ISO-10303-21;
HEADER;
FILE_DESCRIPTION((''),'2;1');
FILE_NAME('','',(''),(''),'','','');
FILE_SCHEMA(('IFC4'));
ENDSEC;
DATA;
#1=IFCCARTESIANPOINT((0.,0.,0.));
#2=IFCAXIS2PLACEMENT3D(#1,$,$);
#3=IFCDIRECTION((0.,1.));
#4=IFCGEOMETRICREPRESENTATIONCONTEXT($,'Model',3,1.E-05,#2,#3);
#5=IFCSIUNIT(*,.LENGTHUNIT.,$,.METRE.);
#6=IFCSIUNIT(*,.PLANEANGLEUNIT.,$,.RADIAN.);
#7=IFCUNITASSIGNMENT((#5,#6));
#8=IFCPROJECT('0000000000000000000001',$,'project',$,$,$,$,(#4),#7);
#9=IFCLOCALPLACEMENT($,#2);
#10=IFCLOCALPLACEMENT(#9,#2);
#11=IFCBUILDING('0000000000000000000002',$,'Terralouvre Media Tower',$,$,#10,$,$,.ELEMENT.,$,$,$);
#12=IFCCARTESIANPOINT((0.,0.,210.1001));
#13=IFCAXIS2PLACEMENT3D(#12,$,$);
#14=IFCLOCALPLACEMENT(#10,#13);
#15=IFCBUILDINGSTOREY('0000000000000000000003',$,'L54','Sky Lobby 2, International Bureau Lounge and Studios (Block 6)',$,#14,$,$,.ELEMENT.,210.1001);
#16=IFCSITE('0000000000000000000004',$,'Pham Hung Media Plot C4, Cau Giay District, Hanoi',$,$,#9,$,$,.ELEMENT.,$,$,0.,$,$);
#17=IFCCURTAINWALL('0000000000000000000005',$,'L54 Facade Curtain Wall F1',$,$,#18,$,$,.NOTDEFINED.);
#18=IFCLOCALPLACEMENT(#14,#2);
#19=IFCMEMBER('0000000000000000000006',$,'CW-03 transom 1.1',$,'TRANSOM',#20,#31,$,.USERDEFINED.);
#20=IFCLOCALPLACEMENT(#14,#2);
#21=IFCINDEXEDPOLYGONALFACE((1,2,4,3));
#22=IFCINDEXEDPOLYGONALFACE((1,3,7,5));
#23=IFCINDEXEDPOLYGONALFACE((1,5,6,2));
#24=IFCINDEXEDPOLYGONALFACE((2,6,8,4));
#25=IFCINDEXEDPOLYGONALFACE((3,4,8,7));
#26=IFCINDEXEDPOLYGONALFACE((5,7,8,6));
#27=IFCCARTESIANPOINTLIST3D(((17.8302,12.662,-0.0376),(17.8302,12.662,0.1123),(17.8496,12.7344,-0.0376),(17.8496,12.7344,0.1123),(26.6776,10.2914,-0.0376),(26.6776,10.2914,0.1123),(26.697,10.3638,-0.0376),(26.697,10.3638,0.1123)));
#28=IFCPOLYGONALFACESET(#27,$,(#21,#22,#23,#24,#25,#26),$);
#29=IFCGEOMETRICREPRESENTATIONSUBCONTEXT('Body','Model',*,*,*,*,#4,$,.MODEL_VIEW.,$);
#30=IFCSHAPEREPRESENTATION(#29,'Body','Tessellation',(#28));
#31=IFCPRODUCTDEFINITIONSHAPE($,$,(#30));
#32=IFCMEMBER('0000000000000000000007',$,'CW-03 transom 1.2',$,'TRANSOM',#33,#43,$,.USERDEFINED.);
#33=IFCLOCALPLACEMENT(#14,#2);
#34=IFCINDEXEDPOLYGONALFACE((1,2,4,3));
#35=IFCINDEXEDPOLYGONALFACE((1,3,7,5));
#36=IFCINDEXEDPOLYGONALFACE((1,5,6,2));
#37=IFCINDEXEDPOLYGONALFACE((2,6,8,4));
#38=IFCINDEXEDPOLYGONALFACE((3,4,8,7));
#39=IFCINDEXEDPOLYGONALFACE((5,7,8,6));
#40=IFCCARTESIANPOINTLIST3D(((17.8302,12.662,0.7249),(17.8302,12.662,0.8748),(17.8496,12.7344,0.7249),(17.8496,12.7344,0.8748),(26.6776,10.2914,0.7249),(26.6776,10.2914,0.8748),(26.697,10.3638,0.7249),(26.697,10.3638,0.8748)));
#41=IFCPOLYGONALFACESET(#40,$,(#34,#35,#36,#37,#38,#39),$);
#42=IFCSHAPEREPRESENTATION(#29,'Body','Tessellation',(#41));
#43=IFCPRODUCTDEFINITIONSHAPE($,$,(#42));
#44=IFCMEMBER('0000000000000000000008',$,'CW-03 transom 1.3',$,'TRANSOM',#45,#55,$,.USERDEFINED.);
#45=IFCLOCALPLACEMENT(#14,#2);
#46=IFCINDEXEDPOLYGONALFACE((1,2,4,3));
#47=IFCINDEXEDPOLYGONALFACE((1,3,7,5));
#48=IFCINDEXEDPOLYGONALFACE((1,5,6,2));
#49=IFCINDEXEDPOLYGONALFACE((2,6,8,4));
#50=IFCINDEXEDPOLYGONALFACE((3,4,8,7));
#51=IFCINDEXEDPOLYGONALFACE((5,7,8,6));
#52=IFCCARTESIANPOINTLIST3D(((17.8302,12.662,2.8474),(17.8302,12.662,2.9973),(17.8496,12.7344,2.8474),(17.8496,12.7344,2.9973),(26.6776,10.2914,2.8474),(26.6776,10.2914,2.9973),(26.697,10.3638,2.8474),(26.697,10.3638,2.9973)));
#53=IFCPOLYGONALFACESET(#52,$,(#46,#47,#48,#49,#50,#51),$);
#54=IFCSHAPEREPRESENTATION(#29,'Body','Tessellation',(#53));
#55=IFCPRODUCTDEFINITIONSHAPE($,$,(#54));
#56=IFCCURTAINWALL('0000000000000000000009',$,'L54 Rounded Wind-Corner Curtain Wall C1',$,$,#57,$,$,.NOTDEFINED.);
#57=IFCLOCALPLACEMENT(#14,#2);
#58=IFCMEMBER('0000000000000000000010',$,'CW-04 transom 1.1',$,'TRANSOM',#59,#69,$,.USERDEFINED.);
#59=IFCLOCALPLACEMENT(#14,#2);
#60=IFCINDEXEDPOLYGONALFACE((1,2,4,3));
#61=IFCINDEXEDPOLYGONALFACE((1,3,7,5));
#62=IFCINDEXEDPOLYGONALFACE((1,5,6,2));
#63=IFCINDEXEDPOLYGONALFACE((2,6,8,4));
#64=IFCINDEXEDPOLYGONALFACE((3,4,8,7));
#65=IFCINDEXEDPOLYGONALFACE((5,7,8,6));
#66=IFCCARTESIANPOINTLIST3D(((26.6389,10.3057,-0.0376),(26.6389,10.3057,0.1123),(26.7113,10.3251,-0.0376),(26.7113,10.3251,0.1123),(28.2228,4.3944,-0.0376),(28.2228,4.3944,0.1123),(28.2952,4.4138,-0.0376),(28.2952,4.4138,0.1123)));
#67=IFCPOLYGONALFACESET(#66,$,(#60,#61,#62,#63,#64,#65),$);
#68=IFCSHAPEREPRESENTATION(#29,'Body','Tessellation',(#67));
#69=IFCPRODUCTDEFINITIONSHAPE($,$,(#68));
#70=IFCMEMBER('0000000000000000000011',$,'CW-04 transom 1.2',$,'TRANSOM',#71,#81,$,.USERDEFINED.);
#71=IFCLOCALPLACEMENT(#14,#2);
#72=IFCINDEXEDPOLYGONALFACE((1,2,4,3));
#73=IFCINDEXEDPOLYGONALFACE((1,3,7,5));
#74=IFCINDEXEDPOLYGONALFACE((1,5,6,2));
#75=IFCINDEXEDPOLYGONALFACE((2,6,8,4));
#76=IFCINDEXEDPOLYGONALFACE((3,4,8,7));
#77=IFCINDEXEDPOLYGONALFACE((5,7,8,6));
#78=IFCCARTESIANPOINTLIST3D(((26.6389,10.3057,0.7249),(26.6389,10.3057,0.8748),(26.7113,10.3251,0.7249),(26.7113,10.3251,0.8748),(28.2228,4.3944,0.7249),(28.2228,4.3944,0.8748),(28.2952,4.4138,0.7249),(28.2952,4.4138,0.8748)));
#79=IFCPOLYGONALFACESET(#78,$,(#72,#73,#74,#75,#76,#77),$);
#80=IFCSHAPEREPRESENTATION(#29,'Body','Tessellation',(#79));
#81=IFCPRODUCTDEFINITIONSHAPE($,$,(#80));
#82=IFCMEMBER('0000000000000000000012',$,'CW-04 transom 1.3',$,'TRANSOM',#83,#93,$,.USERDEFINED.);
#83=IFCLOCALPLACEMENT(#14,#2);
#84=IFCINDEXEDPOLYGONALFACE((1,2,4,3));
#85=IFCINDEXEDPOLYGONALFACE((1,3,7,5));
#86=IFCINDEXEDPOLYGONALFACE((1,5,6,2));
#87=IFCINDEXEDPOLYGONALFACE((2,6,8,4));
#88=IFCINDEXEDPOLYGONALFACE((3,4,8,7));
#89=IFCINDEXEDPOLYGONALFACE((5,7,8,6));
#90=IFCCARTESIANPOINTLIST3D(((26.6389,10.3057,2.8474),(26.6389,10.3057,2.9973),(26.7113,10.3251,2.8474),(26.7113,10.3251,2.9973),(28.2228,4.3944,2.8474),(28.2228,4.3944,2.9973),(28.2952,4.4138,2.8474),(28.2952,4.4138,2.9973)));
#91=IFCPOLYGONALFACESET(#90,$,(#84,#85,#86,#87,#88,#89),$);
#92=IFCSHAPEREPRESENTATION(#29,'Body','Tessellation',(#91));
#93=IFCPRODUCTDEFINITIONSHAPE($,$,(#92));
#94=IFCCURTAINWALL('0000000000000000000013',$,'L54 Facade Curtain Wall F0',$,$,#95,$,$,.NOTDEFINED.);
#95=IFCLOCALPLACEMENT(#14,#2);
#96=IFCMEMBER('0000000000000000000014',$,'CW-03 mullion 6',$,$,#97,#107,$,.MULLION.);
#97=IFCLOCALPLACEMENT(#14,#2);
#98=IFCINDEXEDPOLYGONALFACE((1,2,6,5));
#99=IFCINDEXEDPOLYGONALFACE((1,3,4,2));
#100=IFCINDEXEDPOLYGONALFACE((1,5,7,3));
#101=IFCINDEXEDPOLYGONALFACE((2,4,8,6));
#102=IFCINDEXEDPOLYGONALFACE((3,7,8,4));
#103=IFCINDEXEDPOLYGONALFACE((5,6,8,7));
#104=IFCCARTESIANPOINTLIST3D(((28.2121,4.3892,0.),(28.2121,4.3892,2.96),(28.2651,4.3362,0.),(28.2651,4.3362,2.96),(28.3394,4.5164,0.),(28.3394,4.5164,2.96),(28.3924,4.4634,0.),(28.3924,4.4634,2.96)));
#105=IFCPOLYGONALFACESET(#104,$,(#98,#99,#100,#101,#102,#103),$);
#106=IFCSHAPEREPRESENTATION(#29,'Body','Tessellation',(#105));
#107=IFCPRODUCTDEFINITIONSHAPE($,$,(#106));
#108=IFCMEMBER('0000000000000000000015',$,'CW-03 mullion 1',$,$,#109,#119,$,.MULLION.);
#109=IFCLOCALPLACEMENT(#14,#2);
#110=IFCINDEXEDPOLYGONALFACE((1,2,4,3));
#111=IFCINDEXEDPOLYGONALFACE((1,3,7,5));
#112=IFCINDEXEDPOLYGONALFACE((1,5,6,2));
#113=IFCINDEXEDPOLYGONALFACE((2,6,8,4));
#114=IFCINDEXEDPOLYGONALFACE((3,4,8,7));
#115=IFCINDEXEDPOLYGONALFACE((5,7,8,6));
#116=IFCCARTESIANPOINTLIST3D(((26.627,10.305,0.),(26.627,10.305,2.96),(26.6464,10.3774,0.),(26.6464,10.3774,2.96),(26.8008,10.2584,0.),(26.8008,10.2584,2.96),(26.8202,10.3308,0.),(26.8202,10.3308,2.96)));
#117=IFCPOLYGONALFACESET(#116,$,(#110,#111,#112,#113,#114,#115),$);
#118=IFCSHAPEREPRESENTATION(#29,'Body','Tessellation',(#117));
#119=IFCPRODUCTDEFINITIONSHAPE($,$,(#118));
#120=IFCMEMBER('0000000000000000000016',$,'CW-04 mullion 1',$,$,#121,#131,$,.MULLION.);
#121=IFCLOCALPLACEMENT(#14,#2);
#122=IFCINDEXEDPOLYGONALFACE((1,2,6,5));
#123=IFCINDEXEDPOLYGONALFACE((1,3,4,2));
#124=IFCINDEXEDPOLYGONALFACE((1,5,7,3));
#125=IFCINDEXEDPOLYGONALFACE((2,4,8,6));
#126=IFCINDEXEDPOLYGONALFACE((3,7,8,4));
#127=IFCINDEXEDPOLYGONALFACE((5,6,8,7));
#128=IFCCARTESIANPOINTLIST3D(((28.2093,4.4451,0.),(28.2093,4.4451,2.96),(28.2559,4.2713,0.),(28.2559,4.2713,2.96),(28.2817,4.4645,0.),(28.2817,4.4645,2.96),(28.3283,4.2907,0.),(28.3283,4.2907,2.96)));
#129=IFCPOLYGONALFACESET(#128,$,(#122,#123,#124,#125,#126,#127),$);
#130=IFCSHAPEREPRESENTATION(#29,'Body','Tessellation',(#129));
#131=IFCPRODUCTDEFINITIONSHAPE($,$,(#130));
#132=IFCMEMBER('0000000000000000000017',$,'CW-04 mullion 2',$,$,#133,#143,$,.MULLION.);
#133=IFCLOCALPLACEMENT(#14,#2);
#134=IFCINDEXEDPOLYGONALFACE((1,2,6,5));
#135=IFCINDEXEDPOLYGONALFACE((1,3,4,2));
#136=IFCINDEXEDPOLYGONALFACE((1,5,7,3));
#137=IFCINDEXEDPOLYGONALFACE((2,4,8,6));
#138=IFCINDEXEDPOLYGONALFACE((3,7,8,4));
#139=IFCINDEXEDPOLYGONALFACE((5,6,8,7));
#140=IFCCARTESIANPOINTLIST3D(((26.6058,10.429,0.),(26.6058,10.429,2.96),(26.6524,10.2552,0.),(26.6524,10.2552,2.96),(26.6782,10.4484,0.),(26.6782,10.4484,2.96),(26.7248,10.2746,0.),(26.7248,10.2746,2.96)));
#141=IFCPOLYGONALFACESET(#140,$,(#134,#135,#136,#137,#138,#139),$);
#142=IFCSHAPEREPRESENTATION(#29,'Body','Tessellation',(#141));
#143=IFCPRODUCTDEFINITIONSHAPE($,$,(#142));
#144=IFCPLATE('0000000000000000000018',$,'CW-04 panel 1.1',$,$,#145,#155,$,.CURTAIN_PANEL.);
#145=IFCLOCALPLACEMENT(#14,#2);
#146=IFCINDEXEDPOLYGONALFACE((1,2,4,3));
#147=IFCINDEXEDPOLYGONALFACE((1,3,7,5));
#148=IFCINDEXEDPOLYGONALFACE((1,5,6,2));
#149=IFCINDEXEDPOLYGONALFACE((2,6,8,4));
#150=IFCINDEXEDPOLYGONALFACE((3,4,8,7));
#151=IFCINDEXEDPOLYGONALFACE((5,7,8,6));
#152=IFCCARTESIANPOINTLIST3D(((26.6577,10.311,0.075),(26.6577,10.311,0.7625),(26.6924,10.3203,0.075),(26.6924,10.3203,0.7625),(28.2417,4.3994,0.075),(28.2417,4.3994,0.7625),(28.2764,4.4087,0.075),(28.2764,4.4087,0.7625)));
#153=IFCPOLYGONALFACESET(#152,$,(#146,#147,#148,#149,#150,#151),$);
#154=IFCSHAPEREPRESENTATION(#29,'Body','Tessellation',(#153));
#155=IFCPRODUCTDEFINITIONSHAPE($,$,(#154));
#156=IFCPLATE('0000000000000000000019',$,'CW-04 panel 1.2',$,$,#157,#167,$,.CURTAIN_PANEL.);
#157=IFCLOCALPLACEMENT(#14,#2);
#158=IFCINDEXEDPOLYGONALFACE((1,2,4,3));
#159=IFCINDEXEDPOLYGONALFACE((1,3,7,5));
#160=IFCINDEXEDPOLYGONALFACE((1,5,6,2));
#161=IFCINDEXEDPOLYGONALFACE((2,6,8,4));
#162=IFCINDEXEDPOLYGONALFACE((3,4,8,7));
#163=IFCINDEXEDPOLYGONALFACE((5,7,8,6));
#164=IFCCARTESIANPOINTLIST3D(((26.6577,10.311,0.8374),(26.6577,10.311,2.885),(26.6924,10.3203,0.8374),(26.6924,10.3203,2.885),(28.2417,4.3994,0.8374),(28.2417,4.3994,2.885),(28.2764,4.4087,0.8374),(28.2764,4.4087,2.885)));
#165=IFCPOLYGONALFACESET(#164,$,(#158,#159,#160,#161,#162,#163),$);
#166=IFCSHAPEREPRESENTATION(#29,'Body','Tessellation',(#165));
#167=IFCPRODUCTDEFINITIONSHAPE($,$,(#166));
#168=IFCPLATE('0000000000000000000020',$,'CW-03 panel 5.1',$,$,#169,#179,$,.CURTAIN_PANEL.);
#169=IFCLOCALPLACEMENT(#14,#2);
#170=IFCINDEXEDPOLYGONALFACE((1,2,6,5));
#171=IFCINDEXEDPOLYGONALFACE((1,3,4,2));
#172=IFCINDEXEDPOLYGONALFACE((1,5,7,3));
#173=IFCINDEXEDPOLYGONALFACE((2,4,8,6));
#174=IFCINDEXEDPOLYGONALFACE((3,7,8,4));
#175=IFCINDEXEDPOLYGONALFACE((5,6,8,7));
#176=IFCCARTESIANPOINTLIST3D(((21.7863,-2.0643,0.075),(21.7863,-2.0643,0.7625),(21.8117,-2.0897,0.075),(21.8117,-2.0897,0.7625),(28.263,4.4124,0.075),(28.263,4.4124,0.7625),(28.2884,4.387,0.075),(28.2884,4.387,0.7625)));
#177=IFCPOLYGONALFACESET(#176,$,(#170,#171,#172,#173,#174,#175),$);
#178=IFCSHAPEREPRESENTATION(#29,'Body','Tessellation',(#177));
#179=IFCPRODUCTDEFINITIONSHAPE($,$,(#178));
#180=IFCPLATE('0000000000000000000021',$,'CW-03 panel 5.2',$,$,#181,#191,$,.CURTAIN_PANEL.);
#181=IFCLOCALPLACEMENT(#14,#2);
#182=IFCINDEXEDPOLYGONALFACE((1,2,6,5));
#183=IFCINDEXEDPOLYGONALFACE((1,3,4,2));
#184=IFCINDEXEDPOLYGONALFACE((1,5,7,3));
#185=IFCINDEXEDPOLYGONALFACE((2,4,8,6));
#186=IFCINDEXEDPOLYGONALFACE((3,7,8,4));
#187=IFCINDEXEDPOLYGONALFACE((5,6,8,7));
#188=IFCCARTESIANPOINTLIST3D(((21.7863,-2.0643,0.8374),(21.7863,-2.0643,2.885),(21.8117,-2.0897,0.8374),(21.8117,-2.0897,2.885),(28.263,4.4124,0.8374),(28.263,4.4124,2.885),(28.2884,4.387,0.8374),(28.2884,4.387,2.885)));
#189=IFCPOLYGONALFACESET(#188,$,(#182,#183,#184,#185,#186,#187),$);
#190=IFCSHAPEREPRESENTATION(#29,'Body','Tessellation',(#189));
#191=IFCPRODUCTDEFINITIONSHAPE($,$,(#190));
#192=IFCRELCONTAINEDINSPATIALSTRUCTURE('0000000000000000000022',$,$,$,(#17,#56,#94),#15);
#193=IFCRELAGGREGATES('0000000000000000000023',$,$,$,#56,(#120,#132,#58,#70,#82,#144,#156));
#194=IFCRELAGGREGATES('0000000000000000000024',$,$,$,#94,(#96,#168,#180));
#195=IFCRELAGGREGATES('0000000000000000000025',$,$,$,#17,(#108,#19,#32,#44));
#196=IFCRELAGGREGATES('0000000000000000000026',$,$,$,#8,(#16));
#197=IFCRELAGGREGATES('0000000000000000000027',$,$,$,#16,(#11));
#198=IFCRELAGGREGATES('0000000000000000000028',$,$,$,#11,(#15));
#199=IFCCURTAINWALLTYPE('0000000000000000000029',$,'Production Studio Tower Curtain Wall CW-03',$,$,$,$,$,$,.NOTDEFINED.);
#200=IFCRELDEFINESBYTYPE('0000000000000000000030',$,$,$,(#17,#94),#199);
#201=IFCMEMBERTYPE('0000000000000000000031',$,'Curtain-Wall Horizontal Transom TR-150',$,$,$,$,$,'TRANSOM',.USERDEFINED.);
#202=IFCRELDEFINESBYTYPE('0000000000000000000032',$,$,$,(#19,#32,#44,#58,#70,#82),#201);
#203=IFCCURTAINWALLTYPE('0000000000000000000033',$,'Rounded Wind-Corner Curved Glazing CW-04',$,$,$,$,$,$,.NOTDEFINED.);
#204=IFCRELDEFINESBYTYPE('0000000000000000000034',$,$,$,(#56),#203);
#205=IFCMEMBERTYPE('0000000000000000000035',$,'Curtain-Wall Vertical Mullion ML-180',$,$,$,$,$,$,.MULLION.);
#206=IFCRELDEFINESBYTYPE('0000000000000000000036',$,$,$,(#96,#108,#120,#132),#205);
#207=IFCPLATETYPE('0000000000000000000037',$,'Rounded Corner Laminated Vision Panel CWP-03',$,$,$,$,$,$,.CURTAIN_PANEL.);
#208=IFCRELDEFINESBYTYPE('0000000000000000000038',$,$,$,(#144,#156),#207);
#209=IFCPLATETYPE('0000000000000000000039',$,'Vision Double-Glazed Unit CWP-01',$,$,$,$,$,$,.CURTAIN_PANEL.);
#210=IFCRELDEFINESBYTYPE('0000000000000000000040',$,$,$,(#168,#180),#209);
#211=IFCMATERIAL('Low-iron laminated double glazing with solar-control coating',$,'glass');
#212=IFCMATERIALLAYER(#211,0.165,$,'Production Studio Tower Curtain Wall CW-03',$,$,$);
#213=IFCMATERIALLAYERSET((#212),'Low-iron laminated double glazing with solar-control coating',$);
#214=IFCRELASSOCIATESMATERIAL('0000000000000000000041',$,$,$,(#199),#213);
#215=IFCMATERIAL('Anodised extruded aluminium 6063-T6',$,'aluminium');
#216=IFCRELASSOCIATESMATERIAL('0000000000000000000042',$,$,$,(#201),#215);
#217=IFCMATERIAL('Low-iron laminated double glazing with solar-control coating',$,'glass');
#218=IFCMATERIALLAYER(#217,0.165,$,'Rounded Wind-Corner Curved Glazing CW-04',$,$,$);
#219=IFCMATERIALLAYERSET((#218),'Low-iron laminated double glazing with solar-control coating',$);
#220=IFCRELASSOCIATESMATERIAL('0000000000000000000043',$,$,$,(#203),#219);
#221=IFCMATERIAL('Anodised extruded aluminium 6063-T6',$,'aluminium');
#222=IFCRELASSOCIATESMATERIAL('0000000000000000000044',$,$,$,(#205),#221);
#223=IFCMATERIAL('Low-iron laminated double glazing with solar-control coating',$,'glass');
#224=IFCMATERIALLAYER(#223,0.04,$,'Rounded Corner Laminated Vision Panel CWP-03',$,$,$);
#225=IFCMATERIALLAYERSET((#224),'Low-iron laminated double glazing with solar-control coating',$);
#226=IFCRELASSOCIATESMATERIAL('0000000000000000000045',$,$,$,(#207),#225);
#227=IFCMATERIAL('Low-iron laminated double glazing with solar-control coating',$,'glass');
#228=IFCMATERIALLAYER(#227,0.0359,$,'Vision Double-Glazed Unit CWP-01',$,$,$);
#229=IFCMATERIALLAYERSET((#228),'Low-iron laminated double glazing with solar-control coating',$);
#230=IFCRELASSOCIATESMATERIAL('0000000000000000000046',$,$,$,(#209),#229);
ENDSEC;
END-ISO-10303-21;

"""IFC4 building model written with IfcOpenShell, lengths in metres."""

from ifc_helpers import new_model, si_unit, direction, frame, origin, origin_2d, place, context, subcontext, project, spatial, rectangle, extrude, material, layer, layer_set, material_profile, profile_set, type_object, element, aggregate, save


model = new_model("IFC4")

# Units and contexts
model_context = context("Model", 3, precision=1e-05, world=origin(), true_north=direction((0.0, 1.0)))
body_context = subcontext(model_context, "Body", "Model", "MODEL_VIEW")
ifc_project = project(units=[si_unit("LENGTHUNIT", "METRE"), si_unit("PLANEANGLEUNIT", "RADIAN")], contexts=[model_context])

# Site, building, storey
site_placement = place(None, origin())
site = spatial("IfcSite", under=ifc_project, at=site_placement, Name="Pham Hung Media Plot C4, Cau Giay District, Hanoi", CompositionType="ELEMENT", RefElevation=0.0)
building_placement = place(site_placement, origin())
building = spatial("IfcBuilding", under=site, at=building_placement, Name="Terralouvre Media Tower", CompositionType="ELEMENT")
storey_placement = place(building_placement, frame((0.0, 0.0, 210.1001)))
storey = spatial("IfcBuildingStorey", under=building, at=storey_placement, Name="L54", Description="Sky Lobby 2, International Bureau Lounge and Studios (Block 6)", CompositionType="ELEMENT", Elevation=210.1001)

# Curtain walls, members
ifc_material_1 = material(Name="Low-iron laminated double glazing with solar-control coating", Category="glass")
ifc_layer_1 = layer(ifc_material_1, 0.165, Name="Production Studio Tower Curtain Wall CW-03")
ifc_layer_set_1 = layer_set([ifc_layer_1], Name="Low-iron laminated double glazing with solar-control coating")
curtain_wall_type_1 = type_object("IfcCurtainWallType", Name="Production Studio Tower Curtain Wall CW-03", PredefinedType="NOTDEFINED", material=ifc_layer_set_1)
curtain_wall_1_placement = place(storey_placement, origin())
curtain_wall_1 = element("IfcCurtainWall", 1, at=curtain_wall_1_placement, inside=storey, type_object=curtain_wall_type_1, Name="L54 Facade Curtain Wall F1", PredefinedType="NOTDEFINED")
ifc_material_2 = material(Name="Anodised extruded aluminium 6063-T6", Category="aluminium")
ifc_material_profile_1 = material_profile(ifc_material_2, rectangle(XDim=0.075, YDim=0.1499, at=origin_2d()), Name="ALU 75x150")
ifc_profile_set_1 = profile_set([ifc_material_profile_1], Name="Anodised extruded aluminium 6063-T6")
member_type_1 = type_object("IfcMemberType", Name="Curtain-Wall Horizontal Transom TR-150", ElementType="TRANSOM", PredefinedType="USERDEFINED", material=ifc_profile_set_1)
member_1_placement = place(storey_placement, frame((26.6873, 10.3276, 0.0374), z_axis=(-0.965927, 0.258814, 0.0), x_axis=(-0.258814, -0.965927, 0.0)))
member_1 = element("IfcMember", 2, at=member_1_placement, type_object=member_type_1, Name="CW-03 transom 1.1", ObjectType="TRANSOM", PredefinedType="USERDEFINED", context=body_context, shape_type="SweptSolid", body=[
    extrude(rectangle(XDim=0.075, YDim=0.1499, at=origin_2d()), origin(), (0.0, 0.0, 1.0), 9.1594),
])
member_2_placement = place(storey_placement, frame((26.6873, 10.3276, 0.7998), z_axis=(-0.965927, 0.258814, 0.0), x_axis=(-0.258814, -0.965927, 0.0)))
member_2 = element("IfcMember", 3, at=member_2_placement, type_object=member_type_1, Name="CW-03 transom 1.2", ObjectType="TRANSOM", PredefinedType="USERDEFINED", context=body_context, shape_type="SweptSolid", body=[
    extrude(rectangle(XDim=0.075, YDim=0.1499, at=origin_2d()), origin(), (0.0, 0.0, 1.0), 9.1594),
])
member_3_placement = place(storey_placement, frame((26.6873, 10.3276, 2.9224), z_axis=(-0.965927, 0.258814, 0.0), x_axis=(-0.258814, -0.965927, 0.0)))
member_3 = element("IfcMember", 4, at=member_3_placement, type_object=member_type_1, Name="CW-03 transom 1.3", ObjectType="TRANSOM", PredefinedType="USERDEFINED", context=body_context, shape_type="SweptSolid", body=[
    extrude(rectangle(XDim=0.075, YDim=0.1499, at=origin_2d()), origin(), (0.0, 0.0, 1.0), 9.1594),
])
ifc_material_3 = material(Name="Low-iron laminated double glazing with solar-control coating", Category="glass")
ifc_layer_2 = layer(ifc_material_3, 0.165, Name="Rounded Wind-Corner Curved Glazing CW-04")
ifc_layer_set_2 = layer_set([ifc_layer_2], Name="Low-iron laminated double glazing with solar-control coating")
curtain_wall_type_2 = type_object("IfcCurtainWallType", Name="Rounded Wind-Corner Curved Glazing CW-04", PredefinedType="NOTDEFINED", material=ifc_layer_set_2)
curtain_wall_2_placement = place(storey_placement, origin())
curtain_wall_2 = element("IfcCurtainWall", 5, at=curtain_wall_2_placement, inside=storey, type_object=curtain_wall_type_2, Name="L54 Rounded Wind-Corner Curtain Wall C1", PredefinedType="NOTDEFINED")
member_4_placement = place(storey_placement, frame((28.259, 4.4041, 0.0374), z_axis=(-0.258824, 0.965924, 0.0), x_axis=(-0.965924, -0.258824, 0.0)))
member_4 = element("IfcMember", 6, at=member_4_placement, type_object=member_type_1, Name="CW-04 transom 1.1", ObjectType="TRANSOM", PredefinedType="USERDEFINED", context=body_context, shape_type="SweptSolid", body=[
    extrude(rectangle(XDim=0.075, YDim=0.1499, at=origin_2d()), origin(), (0.0, 0.0, 1.0), 6.1199),
])
member_5_placement = place(storey_placement, frame((28.259, 4.4041, 0.7998), z_axis=(-0.258824, 0.965924, 0.0), x_axis=(-0.965924, -0.258824, 0.0)))
member_5 = element("IfcMember", 7, at=member_5_placement, type_object=member_type_1, Name="CW-04 transom 1.2", ObjectType="TRANSOM", PredefinedType="USERDEFINED", context=body_context, shape_type="SweptSolid", body=[
    extrude(rectangle(XDim=0.075, YDim=0.1499, at=origin_2d()), origin(), (0.0, 0.0, 1.0), 6.1199),
])
member_6_placement = place(storey_placement, frame((28.259, 4.4041, 2.9224), z_axis=(-0.258824, 0.965924, 0.0), x_axis=(-0.965924, -0.258824, 0.0)))
member_6 = element("IfcMember", 8, at=member_6_placement, type_object=member_type_1, Name="CW-04 transom 1.3", ObjectType="TRANSOM", PredefinedType="USERDEFINED", context=body_context, shape_type="SweptSolid", body=[
    extrude(rectangle(XDim=0.075, YDim=0.1499, at=origin_2d()), origin(), (0.0, 0.0, 1.0), 6.1199),
])

# Curtain wall, member
curtain_wall_3_placement = place(storey_placement, origin())
curtain_wall_3 = element("IfcCurtainWall", 9, at=curtain_wall_3_placement, inside=storey, type_object=curtain_wall_type_1, Name="L54 Facade Curtain Wall F0", PredefinedType="NOTDEFINED")
ifc_material_4 = material(Name="Anodised extruded aluminium 6063-T6", Category="aluminium")
ifc_material_profile_2 = material_profile(ifc_material_4, rectangle(XDim=0.075, YDim=0.1799, at=origin_2d()), Name="ALU 75x180")
ifc_profile_set_2 = profile_set([ifc_material_profile_2], Name="Anodised extruded aluminium 6063-T6")
member_type_2 = type_object("IfcMemberType", Name="Curtain-Wall Vertical Mullion ML-180", PredefinedType="MULLION", material=ifc_profile_set_2)
member_7_placement = place(storey_placement, frame((28.3022, 4.4263, 0.0), z_axis=(0.0, 0.0, 1.0), x_axis=(-0.707107, 0.707107, 0.0)))
member_7 = element("IfcMember", 10, at=member_7_placement, type_object=member_type_2, Name="CW-03 mullion 6", PredefinedType="MULLION", context=body_context, shape_type="SweptSolid", body=[
    extrude(rectangle(XDim=0.075, YDim=0.1799, at=origin_2d()), origin(), (0.0, 0.0, 1.0), 2.96),
])

# Members
member_8_placement = place(storey_placement, frame((26.7236, 10.3179, 0.0), z_axis=(0.0, 0.0, 1.0), x_axis=(-0.258819, -0.965926, 0.0)))
member_8 = element("IfcMember", 11, at=member_8_placement, type_object=member_type_2, Name="CW-03 mullion 1", PredefinedType="MULLION", context=body_context, shape_type="SweptSolid", body=[
    extrude(rectangle(XDim=0.075, YDim=0.1799, at=origin_2d()), origin(), (0.0, 0.0, 1.0), 2.96),
])
member_9_placement = place(storey_placement, frame((28.2688, 4.3679, 0.0), z_axis=(0.0, 0.0, 1.0), x_axis=(-0.965926, -0.258819, 0.0)))
member_9 = element("IfcMember", 12, at=member_9_placement, type_object=member_type_2, Name="CW-04 mullion 1", PredefinedType="MULLION", context=body_context, shape_type="SweptSolid", body=[
    extrude(rectangle(XDim=0.075, YDim=0.1799, at=origin_2d()), origin(), (0.0, 0.0, 1.0), 2.96),
])
member_10_placement = place(storey_placement, frame((26.6653, 10.3518, 0.0), z_axis=(0.0, 0.0, 1.0), x_axis=(-0.965926, -0.258819, 0.0)))
member_10 = element("IfcMember", 13, at=member_10_placement, type_object=member_type_2, Name="CW-04 mullion 2", PredefinedType="MULLION", context=body_context, shape_type="SweptSolid", body=[
    extrude(rectangle(XDim=0.075, YDim=0.1799, at=origin_2d()), origin(), (0.0, 0.0, 1.0), 2.96),
])

# Plates
ifc_material_5 = material(Name="Low-iron laminated double glazing with solar-control coating", Category="glass")
ifc_layer_3 = layer(ifc_material_5, 0.04, Name="Rounded Corner Laminated Vision Panel CWP-03")
ifc_layer_set_3 = layer_set([ifc_layer_3], Name="Low-iron laminated double glazing with solar-control coating")
plate_type_1 = type_object("IfcPlateType", Name="Rounded Corner Laminated Vision Panel CWP-03", PredefinedType="CURTAIN_PANEL", material=ifc_layer_set_3)
plate_1_placement = place(storey_placement, frame((27.467, 7.3599, 0.075), z_axis=(0.0, 0.0, 1.0), x_axis=(-0.258819, 0.965926, 0.0)))
plate_1 = element("IfcPlate", 14, at=plate_1_placement, type_object=plate_type_1, Name="CW-04 panel 1.1", PredefinedType="CURTAIN_PANEL", context=body_context, shape_type="SweptSolid", body=[
    extrude(rectangle(XDim=6.1201, YDim=0.0359, at=origin_2d()), origin(), (0.0, 0.0, 1.0), 0.6875),
])
plate_2_placement = place(storey_placement, frame((27.467, 7.3599, 0.8374), z_axis=(0.0, 0.0, 1.0), x_axis=(-0.258819, 0.965926, 0.0)))
plate_2 = element("IfcPlate", 15, at=plate_2_placement, type_object=plate_type_1, Name="CW-04 panel 1.2", PredefinedType="CURTAIN_PANEL", context=body_context, shape_type="SweptSolid", body=[
    extrude(rectangle(XDim=6.1201, YDim=0.0359, at=origin_2d()), origin(), (0.0, 0.0, 1.0), 2.0476),
])
aggregate(curtain_wall_2, [member_9, member_10, member_4, member_5, member_6, plate_1, plate_2])
ifc_material_6 = material(Name="Low-iron laminated double glazing with solar-control coating", Category="glass")
ifc_layer_4 = layer(ifc_material_6, 0.0359, Name="Vision Double-Glazed Unit CWP-01")
ifc_layer_set_4 = layer_set([ifc_layer_4], Name="Low-iron laminated double glazing with solar-control coating")
plate_type_2 = type_object("IfcPlateType", Name="Vision Double-Glazed Unit CWP-01", PredefinedType="CURTAIN_PANEL", material=ifc_layer_set_4)
plate_3_placement = place(storey_placement, frame((25.0374, 1.1614, 0.075), z_axis=(0.0, 0.0, 1.0), x_axis=(0.707107, 0.707107, 0.0)))
plate_3 = element("IfcPlate", 16, at=plate_3_placement, type_object=plate_type_2, Name="CW-03 panel 5.1", PredefinedType="CURTAIN_PANEL", context=body_context, shape_type="SweptSolid", body=[
    extrude(rectangle(XDim=9.1594, YDim=0.0359, at=origin_2d()), origin(), (0.0, 0.0, 1.0), 0.6875),
])
plate_4_placement = place(storey_placement, frame((25.0374, 1.1614, 0.8374), z_axis=(0.0, 0.0, 1.0), x_axis=(0.707107, 0.707107, 0.0)))
plate_4 = element("IfcPlate", 17, at=plate_4_placement, type_object=plate_type_2, Name="CW-03 panel 5.2", PredefinedType="CURTAIN_PANEL", context=body_context, shape_type="SweptSolid", body=[
    extrude(rectangle(XDim=9.1594, YDim=0.0359, at=origin_2d()), origin(), (0.0, 0.0, 1.0), 2.0476),
])
aggregate(curtain_wall_3, [member_7, plate_3, plate_4])
aggregate(curtain_wall_1, [member_8, member_1, member_2, member_3])

save(model, "model.ifc")
